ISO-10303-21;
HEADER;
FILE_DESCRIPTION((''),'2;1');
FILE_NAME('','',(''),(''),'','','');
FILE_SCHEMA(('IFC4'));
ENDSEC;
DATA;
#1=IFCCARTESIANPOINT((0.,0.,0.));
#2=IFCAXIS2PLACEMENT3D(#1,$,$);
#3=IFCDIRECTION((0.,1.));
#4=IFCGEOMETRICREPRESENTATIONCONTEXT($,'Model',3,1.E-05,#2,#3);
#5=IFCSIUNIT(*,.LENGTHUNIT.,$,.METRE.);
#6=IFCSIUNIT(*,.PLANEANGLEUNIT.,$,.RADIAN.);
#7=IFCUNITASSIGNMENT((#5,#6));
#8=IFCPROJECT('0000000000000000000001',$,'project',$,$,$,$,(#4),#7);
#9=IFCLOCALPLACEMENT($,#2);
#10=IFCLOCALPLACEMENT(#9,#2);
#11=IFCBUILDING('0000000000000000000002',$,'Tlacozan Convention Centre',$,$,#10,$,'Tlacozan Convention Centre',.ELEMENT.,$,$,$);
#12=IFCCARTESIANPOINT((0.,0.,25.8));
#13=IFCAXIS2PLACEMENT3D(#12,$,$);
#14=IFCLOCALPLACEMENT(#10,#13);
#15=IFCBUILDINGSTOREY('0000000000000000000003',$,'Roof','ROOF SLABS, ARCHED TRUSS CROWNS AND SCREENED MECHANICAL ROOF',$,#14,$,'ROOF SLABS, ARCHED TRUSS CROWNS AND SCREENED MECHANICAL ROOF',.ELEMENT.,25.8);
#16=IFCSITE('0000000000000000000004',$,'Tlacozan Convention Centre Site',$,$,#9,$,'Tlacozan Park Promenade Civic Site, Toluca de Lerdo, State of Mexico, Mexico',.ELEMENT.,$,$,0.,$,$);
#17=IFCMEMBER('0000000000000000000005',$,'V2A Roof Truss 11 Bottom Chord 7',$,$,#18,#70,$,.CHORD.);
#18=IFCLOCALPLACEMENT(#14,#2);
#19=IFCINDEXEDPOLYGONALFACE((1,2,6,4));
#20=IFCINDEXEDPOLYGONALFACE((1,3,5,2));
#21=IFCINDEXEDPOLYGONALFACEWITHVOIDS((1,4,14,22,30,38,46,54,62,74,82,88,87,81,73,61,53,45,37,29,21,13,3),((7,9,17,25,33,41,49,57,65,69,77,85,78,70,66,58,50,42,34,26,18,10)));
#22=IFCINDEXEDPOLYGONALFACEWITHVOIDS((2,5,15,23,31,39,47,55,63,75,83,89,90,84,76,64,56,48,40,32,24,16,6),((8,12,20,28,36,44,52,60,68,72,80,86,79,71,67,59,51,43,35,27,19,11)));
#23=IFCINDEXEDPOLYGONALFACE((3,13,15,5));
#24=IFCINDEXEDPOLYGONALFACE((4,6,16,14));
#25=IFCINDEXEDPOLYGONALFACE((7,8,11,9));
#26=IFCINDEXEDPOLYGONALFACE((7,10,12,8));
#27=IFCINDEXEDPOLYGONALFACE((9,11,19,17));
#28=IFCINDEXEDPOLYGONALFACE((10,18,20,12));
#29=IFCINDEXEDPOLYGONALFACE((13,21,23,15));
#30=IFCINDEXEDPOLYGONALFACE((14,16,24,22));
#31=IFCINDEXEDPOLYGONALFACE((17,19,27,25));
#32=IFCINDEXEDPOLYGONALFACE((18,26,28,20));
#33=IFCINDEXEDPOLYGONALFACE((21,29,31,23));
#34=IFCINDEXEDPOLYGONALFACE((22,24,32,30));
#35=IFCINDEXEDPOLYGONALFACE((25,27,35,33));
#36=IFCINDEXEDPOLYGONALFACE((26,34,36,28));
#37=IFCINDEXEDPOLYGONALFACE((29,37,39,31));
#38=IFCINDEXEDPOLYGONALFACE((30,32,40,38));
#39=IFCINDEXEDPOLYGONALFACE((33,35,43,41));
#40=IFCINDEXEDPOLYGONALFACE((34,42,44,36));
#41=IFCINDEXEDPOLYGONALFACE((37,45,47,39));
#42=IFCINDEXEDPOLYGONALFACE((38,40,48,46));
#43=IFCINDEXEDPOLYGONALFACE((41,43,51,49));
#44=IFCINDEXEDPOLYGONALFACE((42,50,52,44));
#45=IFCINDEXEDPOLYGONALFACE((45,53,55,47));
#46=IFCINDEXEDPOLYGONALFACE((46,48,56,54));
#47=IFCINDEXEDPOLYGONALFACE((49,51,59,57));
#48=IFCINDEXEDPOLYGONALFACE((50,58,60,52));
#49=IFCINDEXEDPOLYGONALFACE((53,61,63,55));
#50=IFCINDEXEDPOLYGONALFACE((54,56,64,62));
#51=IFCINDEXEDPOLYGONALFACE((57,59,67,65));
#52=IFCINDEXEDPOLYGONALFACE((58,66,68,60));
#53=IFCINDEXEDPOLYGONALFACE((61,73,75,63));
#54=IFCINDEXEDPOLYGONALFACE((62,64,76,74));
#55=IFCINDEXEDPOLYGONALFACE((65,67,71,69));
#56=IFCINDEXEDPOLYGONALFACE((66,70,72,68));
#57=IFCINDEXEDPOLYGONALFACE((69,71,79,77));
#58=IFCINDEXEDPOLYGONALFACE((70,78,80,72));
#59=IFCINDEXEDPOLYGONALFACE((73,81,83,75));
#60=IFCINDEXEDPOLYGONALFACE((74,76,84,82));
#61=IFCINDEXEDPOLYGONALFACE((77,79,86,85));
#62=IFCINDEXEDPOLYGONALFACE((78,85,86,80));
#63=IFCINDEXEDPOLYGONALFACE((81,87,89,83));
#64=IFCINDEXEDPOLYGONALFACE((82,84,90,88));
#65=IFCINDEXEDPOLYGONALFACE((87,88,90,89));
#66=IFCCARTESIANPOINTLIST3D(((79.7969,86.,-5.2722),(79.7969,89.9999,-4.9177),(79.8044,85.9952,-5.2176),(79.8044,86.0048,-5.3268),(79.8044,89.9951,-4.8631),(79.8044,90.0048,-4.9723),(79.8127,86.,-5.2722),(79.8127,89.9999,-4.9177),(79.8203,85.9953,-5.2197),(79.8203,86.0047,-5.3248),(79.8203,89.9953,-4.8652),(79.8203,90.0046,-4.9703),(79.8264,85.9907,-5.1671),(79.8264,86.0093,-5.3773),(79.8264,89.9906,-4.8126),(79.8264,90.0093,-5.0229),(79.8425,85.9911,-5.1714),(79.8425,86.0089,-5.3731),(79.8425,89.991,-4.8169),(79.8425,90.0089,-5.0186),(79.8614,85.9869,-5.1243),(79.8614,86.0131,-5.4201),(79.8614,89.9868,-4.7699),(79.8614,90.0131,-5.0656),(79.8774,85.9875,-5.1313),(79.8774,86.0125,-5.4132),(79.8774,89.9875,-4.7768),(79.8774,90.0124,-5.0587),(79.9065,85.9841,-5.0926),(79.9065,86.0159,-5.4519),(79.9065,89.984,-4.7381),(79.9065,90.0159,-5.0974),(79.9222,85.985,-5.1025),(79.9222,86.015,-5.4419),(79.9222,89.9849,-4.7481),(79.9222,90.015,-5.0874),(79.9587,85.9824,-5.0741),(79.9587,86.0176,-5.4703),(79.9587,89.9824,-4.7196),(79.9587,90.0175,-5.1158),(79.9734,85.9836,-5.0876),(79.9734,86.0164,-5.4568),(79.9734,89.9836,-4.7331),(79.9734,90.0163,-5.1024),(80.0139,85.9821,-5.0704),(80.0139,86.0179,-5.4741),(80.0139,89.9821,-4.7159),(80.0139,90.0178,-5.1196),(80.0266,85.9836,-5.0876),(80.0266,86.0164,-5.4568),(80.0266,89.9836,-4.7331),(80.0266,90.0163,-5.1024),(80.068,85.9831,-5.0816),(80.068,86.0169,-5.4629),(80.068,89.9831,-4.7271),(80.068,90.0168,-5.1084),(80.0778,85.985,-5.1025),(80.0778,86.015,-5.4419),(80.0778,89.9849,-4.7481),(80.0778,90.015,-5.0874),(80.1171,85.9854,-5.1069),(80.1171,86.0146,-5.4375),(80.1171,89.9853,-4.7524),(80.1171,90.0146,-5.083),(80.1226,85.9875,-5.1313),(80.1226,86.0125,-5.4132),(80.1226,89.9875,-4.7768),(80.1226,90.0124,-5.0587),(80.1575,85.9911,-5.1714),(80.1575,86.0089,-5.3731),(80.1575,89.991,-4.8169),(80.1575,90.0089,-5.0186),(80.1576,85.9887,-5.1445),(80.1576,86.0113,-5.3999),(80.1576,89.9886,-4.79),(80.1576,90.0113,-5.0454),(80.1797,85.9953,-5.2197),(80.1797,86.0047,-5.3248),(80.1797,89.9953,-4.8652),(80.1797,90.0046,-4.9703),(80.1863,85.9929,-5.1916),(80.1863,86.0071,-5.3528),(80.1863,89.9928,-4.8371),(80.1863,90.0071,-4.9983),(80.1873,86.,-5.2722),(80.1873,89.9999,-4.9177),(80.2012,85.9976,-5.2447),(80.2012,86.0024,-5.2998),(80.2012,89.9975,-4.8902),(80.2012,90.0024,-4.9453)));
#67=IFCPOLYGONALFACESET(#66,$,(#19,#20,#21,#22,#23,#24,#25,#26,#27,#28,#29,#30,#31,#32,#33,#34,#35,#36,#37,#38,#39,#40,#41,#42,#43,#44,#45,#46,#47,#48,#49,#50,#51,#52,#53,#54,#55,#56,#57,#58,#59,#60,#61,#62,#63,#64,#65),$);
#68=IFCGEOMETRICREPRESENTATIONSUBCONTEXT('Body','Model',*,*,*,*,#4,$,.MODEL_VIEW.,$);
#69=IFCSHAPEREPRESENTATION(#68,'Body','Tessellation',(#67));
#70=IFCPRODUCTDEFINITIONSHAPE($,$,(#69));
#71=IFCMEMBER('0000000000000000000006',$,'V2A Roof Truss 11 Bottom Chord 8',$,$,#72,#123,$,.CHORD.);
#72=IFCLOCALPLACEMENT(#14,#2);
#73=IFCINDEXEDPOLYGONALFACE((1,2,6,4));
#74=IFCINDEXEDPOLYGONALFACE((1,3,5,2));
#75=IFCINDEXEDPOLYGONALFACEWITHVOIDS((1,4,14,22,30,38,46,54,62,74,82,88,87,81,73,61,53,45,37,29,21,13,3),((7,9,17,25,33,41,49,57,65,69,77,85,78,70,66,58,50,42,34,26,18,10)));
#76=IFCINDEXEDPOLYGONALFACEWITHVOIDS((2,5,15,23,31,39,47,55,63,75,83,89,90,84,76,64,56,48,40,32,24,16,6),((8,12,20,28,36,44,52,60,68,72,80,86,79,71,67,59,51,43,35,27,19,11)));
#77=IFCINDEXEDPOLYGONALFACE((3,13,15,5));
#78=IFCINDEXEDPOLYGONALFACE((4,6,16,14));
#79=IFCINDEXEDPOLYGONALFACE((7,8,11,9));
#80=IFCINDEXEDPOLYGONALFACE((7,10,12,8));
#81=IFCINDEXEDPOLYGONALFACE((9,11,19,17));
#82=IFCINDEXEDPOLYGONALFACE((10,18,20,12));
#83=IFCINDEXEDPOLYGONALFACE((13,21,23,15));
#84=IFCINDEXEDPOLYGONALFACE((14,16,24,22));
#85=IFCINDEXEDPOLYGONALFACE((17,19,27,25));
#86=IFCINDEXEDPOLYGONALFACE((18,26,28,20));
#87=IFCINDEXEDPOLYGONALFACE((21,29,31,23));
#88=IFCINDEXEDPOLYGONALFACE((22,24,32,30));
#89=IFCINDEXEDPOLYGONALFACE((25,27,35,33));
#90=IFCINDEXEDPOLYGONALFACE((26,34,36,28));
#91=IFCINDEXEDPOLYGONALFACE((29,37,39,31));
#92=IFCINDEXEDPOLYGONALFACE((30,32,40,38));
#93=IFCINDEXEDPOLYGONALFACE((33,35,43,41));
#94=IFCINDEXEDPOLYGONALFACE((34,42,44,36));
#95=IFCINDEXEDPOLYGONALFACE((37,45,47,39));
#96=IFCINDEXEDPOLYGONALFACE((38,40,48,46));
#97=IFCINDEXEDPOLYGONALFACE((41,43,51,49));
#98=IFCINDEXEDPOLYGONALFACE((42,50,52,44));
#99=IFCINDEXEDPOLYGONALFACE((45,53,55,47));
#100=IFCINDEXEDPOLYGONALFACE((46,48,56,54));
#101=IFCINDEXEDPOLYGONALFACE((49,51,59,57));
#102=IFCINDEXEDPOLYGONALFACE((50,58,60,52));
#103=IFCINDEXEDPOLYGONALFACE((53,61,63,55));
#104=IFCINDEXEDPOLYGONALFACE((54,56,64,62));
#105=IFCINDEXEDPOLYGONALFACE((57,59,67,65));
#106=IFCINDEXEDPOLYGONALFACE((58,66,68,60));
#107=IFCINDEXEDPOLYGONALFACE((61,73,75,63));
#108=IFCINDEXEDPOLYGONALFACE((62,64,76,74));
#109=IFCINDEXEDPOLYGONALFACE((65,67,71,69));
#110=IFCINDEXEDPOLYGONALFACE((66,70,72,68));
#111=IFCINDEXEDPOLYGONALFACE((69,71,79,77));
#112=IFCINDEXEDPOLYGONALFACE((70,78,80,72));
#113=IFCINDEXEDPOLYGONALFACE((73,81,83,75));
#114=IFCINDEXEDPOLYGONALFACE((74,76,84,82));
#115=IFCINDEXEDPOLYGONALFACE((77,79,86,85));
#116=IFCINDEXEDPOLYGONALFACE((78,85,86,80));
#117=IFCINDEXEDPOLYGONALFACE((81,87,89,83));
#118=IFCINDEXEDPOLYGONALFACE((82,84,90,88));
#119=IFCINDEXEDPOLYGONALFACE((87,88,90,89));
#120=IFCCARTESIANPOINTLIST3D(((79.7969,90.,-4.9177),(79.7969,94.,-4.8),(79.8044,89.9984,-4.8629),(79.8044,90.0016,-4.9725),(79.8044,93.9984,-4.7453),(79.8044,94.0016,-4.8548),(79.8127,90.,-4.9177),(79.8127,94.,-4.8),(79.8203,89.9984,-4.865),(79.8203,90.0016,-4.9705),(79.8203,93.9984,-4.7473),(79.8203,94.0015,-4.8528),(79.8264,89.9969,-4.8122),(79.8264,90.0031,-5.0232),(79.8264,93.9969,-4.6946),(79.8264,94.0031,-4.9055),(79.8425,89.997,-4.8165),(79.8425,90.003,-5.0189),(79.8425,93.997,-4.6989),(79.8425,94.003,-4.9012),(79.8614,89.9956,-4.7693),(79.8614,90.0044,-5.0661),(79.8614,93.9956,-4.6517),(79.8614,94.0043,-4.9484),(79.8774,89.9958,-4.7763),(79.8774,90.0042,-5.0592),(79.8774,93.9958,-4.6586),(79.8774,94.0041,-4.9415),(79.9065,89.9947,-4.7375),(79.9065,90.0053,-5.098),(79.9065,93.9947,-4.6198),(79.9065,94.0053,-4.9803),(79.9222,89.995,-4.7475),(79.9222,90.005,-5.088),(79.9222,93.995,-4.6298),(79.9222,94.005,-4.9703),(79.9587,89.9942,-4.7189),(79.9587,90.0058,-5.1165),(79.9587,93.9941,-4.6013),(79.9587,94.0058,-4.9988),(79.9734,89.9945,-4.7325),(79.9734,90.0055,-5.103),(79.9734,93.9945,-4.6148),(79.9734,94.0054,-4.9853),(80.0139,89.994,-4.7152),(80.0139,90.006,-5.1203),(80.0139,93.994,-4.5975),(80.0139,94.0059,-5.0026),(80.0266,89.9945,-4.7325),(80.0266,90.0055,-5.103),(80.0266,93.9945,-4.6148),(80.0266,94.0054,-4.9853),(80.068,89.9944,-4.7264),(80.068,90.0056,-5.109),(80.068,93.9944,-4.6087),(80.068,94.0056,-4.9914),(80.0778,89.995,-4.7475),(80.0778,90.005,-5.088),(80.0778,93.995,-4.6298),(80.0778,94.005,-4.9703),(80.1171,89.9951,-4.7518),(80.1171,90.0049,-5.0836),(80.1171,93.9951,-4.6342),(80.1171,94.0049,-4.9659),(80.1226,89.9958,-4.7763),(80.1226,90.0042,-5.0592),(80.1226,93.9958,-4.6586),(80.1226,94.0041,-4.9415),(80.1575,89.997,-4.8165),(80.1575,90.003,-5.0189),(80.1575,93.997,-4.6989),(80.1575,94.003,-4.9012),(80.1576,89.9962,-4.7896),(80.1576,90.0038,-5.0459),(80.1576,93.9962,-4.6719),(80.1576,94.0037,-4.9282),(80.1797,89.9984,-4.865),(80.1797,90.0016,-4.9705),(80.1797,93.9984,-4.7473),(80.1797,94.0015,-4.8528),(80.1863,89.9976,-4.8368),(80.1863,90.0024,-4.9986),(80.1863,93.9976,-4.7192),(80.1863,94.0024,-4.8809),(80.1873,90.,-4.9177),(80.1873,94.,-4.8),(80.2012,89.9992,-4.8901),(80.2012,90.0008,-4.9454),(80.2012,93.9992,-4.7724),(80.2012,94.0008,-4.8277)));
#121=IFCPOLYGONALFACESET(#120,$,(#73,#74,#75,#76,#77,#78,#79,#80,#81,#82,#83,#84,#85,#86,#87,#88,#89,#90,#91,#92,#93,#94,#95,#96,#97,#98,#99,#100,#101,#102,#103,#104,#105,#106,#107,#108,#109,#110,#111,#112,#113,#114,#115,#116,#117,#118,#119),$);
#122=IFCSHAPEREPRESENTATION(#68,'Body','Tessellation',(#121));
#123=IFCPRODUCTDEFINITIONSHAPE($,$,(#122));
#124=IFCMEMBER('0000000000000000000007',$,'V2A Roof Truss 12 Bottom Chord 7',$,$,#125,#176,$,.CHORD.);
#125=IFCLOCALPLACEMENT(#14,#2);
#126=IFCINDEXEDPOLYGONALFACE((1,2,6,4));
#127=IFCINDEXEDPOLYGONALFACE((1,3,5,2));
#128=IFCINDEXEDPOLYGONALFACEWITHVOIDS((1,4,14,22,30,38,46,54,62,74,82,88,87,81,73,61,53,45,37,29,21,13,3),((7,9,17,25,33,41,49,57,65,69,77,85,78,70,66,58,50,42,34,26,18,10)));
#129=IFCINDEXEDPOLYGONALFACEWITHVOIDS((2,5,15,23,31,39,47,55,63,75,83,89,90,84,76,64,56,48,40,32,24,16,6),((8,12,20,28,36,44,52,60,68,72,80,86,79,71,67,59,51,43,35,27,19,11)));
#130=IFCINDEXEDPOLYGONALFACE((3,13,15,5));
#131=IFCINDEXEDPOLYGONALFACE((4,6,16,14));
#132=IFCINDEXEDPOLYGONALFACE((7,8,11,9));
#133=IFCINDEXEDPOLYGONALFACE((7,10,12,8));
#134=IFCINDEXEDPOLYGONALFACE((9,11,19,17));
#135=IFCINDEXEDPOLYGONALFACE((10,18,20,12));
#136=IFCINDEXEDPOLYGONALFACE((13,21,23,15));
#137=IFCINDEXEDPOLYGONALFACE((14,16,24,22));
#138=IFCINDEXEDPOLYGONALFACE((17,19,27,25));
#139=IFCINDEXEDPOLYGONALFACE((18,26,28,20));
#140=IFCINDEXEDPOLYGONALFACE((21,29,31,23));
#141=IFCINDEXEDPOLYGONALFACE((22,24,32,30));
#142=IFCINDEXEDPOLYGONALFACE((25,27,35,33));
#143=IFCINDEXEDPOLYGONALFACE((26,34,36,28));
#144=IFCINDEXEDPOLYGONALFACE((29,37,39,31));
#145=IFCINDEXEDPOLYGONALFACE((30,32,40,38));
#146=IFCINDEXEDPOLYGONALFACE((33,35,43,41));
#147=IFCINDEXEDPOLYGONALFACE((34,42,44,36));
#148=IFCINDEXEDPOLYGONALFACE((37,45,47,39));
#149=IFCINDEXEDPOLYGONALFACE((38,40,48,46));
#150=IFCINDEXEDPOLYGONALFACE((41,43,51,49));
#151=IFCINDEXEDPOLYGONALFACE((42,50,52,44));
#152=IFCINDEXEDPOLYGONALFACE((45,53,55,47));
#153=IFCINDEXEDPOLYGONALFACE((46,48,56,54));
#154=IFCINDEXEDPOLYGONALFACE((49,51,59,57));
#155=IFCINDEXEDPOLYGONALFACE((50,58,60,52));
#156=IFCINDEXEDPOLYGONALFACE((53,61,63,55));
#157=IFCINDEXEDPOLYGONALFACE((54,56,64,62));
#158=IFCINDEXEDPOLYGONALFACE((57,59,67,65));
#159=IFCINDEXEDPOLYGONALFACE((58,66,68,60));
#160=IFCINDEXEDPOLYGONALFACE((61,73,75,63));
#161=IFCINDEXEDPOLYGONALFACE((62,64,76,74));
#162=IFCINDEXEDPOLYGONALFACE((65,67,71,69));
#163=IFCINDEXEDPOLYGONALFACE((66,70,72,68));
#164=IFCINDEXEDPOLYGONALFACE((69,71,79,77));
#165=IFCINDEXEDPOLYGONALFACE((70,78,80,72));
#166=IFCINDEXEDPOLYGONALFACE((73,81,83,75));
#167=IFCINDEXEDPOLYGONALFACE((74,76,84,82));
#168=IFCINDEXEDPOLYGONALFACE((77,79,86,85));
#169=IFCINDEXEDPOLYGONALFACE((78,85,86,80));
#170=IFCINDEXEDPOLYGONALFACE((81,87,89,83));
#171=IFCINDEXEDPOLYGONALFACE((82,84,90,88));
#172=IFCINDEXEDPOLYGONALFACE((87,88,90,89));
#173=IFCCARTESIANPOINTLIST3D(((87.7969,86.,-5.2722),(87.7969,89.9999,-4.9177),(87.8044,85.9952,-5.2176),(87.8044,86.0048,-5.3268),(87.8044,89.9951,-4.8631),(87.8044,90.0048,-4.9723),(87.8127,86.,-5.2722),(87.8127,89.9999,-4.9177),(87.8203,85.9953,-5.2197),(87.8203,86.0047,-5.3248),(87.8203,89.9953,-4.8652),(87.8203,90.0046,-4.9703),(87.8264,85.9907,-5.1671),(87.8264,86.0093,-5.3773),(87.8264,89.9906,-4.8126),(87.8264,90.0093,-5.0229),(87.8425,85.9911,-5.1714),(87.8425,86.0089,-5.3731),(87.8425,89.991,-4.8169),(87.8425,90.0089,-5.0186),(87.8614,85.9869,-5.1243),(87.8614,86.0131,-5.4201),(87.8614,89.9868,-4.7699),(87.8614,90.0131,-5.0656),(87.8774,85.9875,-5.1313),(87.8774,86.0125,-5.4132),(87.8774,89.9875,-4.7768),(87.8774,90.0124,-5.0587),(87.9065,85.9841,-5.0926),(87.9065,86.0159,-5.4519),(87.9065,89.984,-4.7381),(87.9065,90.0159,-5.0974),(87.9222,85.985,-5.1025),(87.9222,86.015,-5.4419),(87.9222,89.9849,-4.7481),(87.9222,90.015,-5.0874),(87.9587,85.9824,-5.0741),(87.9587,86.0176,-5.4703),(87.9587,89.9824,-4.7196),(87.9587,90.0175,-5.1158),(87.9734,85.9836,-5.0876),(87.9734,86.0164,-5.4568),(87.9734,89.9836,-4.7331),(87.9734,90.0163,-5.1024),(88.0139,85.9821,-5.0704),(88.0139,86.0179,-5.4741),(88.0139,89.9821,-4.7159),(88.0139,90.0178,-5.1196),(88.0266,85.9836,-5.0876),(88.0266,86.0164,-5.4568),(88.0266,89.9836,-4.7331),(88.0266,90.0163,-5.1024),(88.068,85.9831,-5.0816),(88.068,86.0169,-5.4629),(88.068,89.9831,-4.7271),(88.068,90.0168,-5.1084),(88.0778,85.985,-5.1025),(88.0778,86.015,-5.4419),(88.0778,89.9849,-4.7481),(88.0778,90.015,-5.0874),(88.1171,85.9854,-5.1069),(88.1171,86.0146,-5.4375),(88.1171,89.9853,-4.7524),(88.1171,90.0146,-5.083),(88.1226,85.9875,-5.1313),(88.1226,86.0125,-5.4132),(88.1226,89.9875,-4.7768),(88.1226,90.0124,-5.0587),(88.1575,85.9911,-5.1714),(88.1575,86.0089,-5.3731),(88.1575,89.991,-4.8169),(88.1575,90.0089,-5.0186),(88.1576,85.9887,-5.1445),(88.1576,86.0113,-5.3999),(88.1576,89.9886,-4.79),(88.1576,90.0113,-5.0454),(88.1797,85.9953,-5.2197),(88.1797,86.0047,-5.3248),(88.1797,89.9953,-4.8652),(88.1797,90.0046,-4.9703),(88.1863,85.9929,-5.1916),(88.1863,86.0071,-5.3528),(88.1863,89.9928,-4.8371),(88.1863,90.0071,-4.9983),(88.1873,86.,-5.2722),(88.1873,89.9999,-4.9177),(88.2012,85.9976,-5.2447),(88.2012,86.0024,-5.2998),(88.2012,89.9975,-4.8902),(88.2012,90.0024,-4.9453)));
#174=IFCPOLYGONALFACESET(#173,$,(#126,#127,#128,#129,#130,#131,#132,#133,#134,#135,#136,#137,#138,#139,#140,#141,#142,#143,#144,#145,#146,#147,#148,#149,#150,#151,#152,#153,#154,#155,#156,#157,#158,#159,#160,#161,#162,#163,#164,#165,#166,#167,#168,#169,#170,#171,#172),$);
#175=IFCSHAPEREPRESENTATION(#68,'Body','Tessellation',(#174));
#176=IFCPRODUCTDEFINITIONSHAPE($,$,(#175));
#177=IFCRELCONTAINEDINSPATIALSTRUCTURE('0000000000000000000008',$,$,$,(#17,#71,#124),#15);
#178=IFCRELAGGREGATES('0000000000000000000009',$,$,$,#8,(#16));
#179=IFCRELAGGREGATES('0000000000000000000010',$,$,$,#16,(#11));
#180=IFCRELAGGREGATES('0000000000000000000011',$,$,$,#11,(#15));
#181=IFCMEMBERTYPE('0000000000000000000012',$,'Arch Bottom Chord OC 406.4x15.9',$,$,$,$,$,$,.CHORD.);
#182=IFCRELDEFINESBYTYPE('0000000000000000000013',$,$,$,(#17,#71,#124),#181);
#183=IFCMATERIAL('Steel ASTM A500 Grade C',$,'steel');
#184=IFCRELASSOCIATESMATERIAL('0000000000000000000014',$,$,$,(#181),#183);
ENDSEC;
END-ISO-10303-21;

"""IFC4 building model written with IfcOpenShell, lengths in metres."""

from ifc_helpers import new_model, si_unit, direction, frame, origin, origin_2d, place, context, subcontext, project, spatial, hollow_circle, extrude, material, material_profile, profile_set, type_object, element, save


model = new_model("IFC4")

# Units and contexts
model_context = context("Model", 3, precision=1e-05, world=origin(), true_north=direction((0.0, 1.0)))
body_context = subcontext(model_context, "Body", "Model", "MODEL_VIEW")
ifc_project = project(units=[si_unit("LENGTHUNIT", "METRE"), si_unit("PLANEANGLEUNIT", "RADIAN")], contexts=[model_context])

# Site, building, storey
site_placement = place(None, origin())
site = spatial("IfcSite", under=ifc_project, at=site_placement, Name="Tlacozan Convention Centre Site", LongName="Tlacozan Park Promenade Civic Site, Toluca de Lerdo, State of Mexico, Mexico", CompositionType="ELEMENT", RefElevation=0.0)
building_placement = place(site_placement, origin())
building = spatial("IfcBuilding", under=site, at=building_placement, Name="Tlacozan Convention Centre", LongName="Tlacozan Convention Centre", CompositionType="ELEMENT")
storey_placement = place(building_placement, frame((0.0, 0.0, 25.8)))
storey = spatial("IfcBuildingStorey", under=building, at=storey_placement, Name="Roof", Description="ROOF SLABS, ARCHED TRUSS CROWNS AND SCREENED MECHANICAL ROOF", LongName="ROOF SLABS, ARCHED TRUSS CROWNS AND SCREENED MECHANICAL ROOF", CompositionType="ELEMENT", Elevation=25.8)

# Members
ifc_material_1 = material(Name="Steel ASTM A500 Grade C", Category="steel")
ifc_material_profile_1 = material_profile(ifc_material_1, hollow_circle(Radius=0.2031, WallThickness=0.0159, at=origin_2d()), Name="OC 406.4x15.9")
ifc_profile_set_1 = profile_set([ifc_material_profile_1], Name="Steel ASTM A500 Grade C")
member_type_1 = type_object("IfcMemberType", Name="Arch Bottom Chord OC 406.4x15.9", PredefinedType="CHORD", material=ifc_profile_set_1)
member_1_placement = place(storey_placement, frame((80.0, 86.0, -5.2722), z_axis=(0.0, 0.996096, 0.088277), x_axis=(-1.0, 0.0, 0.0)))
element("IfcMember", 1, at=member_1_placement, inside=storey, type_object=member_type_1, Name="V2A Roof Truss 11 Bottom Chord 7", PredefinedType="CHORD", context=body_context, shape_type="SweptSolid", body=[
    extrude(hollow_circle(Radius=0.2031, WallThickness=0.0159, at=origin_2d()), origin(), (0.0, 0.0, 1.0), 4.0156),
])
member_2_placement = place(storey_placement, frame((80.0, 90.0, -4.9177), z_axis=(0.0, 0.999568, 0.029406), x_axis=(-1.0, 0.0, 0.0)))
element("IfcMember", 2, at=member_2_placement, inside=storey, type_object=member_type_1, Name="V2A Roof Truss 11 Bottom Chord 8", PredefinedType="CHORD", context=body_context, shape_type="SweptSolid", body=[
    extrude(hollow_circle(Radius=0.2031, WallThickness=0.0159, at=origin_2d()), origin(), (0.0, 0.0, 1.0), 4.0017),
])
member_3_placement = place(storey_placement, frame((88.0, 86.0, -5.2722), z_axis=(0.0, 0.996096, 0.088277), x_axis=(-1.0, 0.0, 0.0)))
element("IfcMember", 3, at=member_3_placement, inside=storey, type_object=member_type_1, Name="V2A Roof Truss 12 Bottom Chord 7", PredefinedType="CHORD", context=body_context, shape_type="SweptSolid", body=[
    extrude(hollow_circle(Radius=0.2031, WallThickness=0.0159, at=origin_2d()), origin(), (0.0, 0.0, 1.0), 4.0156),
])

save(model, "model.ifc")
